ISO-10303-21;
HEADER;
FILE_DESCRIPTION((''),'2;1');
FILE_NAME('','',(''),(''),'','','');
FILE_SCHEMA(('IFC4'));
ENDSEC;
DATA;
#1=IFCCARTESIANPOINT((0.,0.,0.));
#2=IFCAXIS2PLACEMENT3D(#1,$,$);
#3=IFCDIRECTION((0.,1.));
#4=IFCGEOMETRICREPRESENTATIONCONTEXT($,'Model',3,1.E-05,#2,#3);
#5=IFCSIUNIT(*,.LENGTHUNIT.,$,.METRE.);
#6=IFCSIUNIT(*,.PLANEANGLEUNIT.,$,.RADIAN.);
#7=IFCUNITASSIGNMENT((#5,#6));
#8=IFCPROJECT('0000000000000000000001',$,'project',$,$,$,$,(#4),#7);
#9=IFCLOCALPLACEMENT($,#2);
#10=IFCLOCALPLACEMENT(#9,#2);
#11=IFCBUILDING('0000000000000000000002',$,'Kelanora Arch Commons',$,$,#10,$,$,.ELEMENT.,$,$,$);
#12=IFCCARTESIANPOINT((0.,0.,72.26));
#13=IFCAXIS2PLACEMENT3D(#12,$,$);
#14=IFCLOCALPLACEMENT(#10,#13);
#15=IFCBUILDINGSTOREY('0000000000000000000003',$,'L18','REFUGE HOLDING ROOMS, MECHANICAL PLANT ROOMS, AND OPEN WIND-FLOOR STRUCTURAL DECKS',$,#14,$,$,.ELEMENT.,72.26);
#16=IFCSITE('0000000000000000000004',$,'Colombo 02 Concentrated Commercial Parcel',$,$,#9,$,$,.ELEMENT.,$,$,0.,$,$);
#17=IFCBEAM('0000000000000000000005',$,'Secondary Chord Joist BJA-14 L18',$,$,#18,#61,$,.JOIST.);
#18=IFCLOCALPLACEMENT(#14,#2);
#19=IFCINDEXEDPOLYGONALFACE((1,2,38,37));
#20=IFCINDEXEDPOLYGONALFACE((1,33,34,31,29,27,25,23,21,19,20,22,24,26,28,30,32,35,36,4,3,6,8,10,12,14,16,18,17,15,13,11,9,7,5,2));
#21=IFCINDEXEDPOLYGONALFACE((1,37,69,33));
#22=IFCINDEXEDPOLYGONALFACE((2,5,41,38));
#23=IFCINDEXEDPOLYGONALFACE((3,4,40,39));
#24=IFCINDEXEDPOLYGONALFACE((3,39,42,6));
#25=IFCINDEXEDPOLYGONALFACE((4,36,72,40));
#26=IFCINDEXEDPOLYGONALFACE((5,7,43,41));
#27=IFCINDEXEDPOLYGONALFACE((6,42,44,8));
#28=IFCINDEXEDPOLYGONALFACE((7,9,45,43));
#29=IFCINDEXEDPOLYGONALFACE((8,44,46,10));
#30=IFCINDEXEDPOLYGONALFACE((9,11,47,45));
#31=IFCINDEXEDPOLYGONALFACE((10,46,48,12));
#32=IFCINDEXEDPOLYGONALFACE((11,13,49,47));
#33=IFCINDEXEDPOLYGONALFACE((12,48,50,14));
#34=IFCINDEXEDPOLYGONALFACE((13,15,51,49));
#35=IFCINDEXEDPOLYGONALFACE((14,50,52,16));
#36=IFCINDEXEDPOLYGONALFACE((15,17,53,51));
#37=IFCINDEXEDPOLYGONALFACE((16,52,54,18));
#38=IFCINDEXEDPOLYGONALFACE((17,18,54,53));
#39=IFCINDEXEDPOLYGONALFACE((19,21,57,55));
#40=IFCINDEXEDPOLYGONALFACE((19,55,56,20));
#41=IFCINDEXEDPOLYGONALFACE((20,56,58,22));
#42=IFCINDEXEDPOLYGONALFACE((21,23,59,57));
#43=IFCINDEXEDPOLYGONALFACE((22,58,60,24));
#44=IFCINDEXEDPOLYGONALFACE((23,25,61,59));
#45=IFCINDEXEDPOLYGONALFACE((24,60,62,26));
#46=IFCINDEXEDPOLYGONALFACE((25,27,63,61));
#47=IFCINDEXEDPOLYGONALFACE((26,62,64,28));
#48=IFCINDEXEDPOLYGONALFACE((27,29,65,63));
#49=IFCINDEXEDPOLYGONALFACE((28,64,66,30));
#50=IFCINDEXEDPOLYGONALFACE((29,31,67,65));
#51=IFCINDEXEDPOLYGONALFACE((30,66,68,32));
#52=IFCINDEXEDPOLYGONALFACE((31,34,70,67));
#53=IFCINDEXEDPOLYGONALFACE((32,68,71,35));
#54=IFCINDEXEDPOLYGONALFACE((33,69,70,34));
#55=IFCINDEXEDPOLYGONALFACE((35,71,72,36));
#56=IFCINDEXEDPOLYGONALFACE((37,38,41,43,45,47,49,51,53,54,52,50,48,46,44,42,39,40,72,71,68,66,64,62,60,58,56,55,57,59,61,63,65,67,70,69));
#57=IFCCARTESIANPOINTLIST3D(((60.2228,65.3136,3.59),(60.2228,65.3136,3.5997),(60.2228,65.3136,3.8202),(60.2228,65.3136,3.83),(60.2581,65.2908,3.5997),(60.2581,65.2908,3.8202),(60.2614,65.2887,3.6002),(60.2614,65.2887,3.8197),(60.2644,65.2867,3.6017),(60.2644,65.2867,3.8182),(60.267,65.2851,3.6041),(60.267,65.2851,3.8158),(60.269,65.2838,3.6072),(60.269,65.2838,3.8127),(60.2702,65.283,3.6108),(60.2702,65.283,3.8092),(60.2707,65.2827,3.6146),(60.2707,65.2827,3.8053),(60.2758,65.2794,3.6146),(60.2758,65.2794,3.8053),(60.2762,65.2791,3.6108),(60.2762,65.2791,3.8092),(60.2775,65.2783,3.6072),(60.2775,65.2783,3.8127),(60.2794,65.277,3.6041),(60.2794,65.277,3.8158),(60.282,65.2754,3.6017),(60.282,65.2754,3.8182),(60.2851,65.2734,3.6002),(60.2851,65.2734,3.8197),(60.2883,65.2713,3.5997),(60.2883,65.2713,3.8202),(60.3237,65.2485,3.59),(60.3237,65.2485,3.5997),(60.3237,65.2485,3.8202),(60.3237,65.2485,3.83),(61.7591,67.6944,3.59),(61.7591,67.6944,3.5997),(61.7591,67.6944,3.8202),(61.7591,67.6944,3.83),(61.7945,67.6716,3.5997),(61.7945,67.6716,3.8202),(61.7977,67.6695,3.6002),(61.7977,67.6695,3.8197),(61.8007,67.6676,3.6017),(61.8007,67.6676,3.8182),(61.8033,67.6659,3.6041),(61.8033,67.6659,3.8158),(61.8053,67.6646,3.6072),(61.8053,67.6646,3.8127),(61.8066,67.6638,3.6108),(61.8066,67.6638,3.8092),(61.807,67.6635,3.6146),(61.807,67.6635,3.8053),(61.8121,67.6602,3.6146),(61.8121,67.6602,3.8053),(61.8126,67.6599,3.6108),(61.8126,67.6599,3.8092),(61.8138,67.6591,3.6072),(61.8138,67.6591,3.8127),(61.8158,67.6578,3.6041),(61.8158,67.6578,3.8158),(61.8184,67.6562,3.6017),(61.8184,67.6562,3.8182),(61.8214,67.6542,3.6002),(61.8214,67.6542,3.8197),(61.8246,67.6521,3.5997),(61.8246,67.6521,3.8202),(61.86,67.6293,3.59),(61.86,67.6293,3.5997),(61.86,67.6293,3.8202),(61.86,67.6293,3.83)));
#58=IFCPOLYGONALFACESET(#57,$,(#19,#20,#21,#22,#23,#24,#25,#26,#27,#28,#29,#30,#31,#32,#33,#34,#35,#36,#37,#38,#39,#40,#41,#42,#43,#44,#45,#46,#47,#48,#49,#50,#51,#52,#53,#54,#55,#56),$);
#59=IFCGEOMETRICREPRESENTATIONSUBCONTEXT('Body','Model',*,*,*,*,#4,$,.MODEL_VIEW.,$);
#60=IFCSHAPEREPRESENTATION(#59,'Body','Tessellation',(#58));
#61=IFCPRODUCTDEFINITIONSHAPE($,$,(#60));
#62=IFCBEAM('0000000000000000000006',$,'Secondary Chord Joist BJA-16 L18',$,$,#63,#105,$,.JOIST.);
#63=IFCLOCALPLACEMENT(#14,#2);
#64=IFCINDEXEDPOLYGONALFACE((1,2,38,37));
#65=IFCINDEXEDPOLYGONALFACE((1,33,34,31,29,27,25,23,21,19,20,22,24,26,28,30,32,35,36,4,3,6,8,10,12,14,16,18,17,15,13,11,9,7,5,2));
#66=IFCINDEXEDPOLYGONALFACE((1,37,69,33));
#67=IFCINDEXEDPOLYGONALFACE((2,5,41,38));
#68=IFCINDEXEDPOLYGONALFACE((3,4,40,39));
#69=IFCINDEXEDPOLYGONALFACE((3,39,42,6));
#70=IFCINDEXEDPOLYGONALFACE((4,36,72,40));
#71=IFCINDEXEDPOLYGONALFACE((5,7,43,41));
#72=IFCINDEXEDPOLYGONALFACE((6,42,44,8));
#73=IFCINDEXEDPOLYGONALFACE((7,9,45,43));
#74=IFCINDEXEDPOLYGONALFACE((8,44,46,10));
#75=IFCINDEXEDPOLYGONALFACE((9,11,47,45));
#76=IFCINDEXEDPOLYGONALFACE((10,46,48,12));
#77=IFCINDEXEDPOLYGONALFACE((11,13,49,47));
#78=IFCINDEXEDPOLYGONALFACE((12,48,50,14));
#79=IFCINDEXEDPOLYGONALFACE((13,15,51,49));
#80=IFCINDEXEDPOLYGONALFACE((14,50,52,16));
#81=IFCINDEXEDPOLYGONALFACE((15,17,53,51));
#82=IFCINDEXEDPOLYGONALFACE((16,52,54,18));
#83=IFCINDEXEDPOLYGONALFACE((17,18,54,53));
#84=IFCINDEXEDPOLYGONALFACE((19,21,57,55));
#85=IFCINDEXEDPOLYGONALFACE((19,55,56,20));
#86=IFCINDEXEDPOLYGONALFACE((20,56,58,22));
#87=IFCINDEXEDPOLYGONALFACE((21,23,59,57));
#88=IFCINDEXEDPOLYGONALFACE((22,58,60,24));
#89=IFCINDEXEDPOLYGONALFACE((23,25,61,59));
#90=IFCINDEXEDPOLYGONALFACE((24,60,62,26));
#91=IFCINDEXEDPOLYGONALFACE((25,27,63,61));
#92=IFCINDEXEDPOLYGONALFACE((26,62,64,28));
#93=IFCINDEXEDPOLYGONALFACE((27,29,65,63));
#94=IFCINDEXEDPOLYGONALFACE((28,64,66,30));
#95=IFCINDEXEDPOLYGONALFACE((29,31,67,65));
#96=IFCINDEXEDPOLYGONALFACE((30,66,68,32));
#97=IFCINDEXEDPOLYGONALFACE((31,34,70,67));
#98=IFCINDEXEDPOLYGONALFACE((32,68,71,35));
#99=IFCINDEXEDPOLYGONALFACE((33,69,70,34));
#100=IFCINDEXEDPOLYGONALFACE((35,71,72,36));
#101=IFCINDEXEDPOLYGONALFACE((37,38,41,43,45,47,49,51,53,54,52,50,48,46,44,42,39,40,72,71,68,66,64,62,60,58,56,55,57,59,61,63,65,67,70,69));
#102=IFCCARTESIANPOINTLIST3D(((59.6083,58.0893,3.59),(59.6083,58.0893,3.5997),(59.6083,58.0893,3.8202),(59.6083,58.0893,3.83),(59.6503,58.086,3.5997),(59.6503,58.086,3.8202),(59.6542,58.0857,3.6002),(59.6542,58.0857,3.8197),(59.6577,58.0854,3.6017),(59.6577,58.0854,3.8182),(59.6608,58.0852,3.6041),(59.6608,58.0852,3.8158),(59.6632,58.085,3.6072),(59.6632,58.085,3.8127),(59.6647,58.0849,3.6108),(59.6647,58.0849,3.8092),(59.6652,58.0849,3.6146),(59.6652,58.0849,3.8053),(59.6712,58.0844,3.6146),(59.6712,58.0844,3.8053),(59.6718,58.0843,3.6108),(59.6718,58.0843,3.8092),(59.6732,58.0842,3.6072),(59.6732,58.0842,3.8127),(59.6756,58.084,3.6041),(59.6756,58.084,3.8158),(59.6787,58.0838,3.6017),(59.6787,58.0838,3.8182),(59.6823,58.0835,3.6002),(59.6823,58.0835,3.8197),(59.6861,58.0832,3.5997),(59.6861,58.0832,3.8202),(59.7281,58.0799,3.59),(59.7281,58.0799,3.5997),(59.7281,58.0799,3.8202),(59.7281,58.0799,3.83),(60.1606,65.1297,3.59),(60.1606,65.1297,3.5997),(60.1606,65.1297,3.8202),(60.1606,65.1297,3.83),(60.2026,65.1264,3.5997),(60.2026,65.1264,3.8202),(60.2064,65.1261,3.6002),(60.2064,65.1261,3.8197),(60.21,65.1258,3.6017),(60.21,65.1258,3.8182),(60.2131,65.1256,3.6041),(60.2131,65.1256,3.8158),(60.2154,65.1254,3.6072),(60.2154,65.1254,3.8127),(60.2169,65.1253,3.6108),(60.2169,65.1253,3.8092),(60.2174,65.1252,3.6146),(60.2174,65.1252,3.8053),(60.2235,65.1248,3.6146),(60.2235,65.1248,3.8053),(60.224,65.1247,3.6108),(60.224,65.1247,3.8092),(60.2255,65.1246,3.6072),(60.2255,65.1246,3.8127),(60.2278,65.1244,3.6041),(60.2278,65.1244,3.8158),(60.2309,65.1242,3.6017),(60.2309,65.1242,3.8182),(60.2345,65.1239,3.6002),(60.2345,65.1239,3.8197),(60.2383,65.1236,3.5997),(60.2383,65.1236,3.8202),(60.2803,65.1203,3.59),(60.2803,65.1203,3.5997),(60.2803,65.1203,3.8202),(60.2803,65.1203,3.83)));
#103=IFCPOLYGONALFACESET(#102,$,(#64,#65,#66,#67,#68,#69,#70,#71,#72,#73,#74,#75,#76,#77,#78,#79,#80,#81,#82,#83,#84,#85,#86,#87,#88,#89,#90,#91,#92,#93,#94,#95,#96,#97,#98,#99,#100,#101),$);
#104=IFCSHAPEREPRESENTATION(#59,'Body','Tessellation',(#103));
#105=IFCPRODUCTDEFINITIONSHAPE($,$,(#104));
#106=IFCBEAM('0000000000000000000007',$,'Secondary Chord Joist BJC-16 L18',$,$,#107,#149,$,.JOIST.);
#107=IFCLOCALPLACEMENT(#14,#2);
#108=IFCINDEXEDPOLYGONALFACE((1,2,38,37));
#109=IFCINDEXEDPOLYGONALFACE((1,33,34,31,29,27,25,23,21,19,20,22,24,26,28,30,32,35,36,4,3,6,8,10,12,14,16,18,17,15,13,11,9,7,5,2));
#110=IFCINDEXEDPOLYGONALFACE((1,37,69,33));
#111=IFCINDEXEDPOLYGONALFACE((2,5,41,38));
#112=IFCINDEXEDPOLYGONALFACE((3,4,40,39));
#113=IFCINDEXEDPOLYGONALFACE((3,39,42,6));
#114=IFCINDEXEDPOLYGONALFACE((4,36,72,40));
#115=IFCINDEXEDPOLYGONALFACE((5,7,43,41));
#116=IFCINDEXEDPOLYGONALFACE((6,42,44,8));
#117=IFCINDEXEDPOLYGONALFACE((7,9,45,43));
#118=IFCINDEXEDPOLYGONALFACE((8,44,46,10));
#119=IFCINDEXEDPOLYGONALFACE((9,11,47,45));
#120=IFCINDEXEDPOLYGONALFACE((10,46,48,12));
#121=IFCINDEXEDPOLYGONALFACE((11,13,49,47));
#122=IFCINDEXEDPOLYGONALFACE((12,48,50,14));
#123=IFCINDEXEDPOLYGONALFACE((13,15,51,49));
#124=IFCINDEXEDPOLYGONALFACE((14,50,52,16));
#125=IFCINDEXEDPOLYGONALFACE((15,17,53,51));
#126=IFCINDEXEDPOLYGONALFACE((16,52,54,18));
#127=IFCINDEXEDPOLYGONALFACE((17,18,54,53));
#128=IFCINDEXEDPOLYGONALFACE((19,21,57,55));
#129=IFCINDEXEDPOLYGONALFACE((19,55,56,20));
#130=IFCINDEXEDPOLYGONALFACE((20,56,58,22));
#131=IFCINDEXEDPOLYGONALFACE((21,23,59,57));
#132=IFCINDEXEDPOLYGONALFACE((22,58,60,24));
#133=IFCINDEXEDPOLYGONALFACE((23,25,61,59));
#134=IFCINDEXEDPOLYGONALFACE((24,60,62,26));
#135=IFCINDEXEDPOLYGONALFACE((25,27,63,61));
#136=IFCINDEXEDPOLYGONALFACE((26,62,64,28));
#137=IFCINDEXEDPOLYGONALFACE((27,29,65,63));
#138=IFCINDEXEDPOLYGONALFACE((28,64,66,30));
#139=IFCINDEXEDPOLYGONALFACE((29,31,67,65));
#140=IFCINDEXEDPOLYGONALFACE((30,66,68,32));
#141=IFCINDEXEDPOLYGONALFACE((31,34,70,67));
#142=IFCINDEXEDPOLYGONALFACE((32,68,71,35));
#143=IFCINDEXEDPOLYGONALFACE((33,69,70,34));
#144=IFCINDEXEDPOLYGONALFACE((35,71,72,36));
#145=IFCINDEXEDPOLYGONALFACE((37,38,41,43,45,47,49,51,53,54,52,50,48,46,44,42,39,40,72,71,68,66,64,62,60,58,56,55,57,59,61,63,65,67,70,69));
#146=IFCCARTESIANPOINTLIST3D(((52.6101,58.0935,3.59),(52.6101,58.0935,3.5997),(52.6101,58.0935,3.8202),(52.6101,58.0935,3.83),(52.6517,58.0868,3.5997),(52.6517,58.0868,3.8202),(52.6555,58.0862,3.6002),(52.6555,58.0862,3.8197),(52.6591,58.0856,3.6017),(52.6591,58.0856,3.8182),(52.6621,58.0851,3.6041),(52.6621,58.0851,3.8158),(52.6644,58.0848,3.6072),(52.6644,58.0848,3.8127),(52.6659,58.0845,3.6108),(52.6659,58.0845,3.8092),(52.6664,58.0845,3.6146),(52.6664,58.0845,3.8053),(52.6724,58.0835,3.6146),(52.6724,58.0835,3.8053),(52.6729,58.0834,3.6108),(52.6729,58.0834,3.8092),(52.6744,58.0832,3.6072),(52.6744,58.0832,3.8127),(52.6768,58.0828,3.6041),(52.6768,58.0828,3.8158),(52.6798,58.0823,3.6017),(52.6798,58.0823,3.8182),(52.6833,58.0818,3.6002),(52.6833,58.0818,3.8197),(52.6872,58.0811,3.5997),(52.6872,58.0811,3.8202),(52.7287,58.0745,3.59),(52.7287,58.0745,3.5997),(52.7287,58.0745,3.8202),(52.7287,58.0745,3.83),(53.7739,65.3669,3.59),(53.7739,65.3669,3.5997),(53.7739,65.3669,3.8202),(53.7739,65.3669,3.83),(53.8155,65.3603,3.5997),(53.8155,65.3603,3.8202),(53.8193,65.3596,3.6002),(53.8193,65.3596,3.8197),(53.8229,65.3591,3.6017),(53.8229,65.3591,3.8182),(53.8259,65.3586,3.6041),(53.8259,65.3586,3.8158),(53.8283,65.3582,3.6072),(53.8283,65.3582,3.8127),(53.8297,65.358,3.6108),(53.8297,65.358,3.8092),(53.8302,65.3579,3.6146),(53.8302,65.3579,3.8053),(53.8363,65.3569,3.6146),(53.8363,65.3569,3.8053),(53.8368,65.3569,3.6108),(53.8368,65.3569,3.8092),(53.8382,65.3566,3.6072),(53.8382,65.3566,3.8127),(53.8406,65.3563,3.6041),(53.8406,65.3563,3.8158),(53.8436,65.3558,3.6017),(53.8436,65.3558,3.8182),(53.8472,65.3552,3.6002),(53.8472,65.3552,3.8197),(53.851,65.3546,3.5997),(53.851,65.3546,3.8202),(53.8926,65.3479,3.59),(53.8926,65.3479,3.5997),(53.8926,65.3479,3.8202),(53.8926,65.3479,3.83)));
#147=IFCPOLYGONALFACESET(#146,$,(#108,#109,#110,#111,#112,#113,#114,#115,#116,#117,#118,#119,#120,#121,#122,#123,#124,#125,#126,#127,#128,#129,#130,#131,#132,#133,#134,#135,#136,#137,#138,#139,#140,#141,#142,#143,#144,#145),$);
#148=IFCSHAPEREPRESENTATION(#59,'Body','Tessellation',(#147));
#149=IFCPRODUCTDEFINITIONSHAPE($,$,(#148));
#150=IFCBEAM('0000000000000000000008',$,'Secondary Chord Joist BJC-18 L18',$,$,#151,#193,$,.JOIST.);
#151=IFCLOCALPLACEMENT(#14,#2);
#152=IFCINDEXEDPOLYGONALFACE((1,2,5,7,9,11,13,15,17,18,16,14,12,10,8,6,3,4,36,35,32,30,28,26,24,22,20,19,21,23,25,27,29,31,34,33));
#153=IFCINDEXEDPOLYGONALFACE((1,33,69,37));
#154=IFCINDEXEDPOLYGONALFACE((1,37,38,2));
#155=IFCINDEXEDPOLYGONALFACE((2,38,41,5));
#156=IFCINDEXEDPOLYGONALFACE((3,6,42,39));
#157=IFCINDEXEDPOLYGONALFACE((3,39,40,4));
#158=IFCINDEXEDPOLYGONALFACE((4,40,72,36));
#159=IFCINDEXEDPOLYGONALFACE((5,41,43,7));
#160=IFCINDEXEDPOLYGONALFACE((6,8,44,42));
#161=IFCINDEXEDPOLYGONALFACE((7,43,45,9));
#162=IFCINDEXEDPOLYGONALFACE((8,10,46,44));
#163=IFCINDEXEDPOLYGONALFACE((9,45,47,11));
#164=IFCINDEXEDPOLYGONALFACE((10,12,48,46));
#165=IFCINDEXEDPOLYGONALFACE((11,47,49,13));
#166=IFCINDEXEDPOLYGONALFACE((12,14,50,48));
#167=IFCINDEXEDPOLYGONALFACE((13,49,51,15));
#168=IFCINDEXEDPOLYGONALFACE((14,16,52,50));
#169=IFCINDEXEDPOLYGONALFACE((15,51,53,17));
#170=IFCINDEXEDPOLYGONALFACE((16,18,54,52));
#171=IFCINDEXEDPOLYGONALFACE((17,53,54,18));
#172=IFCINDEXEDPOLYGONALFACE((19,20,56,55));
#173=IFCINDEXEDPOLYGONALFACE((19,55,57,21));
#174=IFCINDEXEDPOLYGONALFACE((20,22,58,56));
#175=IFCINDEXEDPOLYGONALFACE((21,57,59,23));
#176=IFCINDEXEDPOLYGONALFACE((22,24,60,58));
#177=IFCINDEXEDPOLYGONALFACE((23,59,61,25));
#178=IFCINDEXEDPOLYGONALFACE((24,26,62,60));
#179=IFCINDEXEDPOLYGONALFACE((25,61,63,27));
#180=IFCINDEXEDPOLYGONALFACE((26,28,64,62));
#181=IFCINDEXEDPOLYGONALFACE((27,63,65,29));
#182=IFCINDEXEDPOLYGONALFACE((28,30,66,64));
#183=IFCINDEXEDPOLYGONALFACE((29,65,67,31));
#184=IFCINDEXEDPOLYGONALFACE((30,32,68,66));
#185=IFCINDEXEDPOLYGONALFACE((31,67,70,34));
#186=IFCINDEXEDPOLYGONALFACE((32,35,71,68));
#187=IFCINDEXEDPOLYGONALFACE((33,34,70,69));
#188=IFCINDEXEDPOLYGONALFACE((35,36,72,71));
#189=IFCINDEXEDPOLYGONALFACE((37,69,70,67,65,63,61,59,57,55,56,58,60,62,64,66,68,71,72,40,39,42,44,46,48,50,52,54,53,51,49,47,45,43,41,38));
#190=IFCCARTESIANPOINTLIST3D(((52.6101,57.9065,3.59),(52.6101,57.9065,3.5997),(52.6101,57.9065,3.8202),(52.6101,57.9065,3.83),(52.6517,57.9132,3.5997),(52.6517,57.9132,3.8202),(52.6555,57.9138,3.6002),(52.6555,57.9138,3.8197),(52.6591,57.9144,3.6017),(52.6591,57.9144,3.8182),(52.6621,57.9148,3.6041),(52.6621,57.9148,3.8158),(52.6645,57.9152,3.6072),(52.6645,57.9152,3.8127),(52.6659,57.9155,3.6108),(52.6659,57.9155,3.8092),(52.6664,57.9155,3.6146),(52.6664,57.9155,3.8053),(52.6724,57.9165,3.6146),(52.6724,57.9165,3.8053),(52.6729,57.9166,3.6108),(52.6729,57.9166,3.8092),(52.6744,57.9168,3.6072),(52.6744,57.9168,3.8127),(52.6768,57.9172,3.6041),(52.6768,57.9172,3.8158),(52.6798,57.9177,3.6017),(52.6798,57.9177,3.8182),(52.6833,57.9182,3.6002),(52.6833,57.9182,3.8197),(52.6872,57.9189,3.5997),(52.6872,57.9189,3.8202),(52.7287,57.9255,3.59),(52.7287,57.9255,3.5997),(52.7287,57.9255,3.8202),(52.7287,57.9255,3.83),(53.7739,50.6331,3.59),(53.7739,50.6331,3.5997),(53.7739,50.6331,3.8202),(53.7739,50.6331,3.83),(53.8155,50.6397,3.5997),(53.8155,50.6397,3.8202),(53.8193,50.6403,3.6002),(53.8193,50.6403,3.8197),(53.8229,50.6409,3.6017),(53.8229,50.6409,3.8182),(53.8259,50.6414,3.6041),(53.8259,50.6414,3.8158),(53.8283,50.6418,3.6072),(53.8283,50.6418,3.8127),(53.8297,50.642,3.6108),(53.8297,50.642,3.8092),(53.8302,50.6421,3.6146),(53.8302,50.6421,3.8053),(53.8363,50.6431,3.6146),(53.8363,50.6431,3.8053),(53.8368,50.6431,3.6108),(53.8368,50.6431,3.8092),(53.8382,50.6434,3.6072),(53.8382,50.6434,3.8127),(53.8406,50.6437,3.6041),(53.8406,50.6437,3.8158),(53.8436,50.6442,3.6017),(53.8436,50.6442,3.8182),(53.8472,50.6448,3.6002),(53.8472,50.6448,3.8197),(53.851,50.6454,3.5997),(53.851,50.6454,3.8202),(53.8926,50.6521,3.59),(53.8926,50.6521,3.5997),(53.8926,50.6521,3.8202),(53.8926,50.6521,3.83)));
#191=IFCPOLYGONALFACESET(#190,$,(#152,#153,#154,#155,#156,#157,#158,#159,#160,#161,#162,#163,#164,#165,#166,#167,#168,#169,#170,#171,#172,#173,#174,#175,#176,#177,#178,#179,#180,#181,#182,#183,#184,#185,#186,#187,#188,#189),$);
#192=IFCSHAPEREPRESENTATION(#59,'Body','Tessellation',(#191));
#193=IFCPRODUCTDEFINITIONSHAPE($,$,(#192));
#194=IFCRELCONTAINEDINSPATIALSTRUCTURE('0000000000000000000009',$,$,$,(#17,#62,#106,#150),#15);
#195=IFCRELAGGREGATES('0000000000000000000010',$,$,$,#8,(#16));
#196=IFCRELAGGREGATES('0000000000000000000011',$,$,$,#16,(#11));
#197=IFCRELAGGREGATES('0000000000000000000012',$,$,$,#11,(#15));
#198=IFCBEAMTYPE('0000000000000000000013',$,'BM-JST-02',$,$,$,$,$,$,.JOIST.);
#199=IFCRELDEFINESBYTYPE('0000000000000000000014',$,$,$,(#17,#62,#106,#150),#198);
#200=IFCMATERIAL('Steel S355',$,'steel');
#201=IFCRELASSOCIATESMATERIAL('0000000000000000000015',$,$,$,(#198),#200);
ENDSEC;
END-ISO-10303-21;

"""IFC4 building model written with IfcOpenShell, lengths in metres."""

from ifc_helpers import new_model, si_unit, direction, frame, origin, origin_2d, place, context, subcontext, project, spatial, i_section, extrude, material, material_profile, profile_set, type_object, element, save


model = new_model("IFC4")

# Units and contexts
model_context = context("Model", 3, precision=1e-05, world=origin(), true_north=direction((0.0, 1.0)))
body_context = subcontext(model_context, "Body", "Model", "MODEL_VIEW")
ifc_project = project(units=[si_unit("LENGTHUNIT", "METRE"), si_unit("PLANEANGLEUNIT", "RADIAN")], contexts=[model_context])

# Site, building, storey
site_placement = place(None, origin())
site = spatial("IfcSite", under=ifc_project, at=site_placement, Name="Colombo 02 Concentrated Commercial Parcel", CompositionType="ELEMENT", RefElevation=0.0)
building_placement = place(site_placement, origin())
building = spatial("IfcBuilding", under=site, at=building_placement, Name="Kelanora Arch Commons", CompositionType="ELEMENT")
storey_placement = place(building_placement, frame((0.0, 0.0, 72.26)))
storey = spatial("IfcBuildingStorey", under=building, at=storey_placement, Name="L18", Description="REFUGE HOLDING ROOMS, MECHANICAL PLANT ROOMS, AND OPEN WIND-FLOOR STRUCTURAL DECKS", CompositionType="ELEMENT", Elevation=72.26)

# Beams
ifc_material_1 = material(Name="Steel S355", Category="steel")
ifc_material_profile_1 = material_profile(ifc_material_1, i_section(OverallWidth=0.1201, OverallDepth=0.24, WebThickness=0.0061, FlangeThickness=0.0098, FilletRadius=0.0149, at=origin_2d()), Name="IPE240")
ifc_profile_set_1 = profile_set([ifc_material_profile_1], Name="Steel S355")
beam_type_1 = type_object("IfcBeamType", Name="BM-JST-02", PredefinedType="JOIST", material=ifc_profile_set_1)
beam_1_placement = place(storey_placement, frame((61.8096, 67.6619, 3.71), z_axis=(-0.542211, -0.840242, 0.0), x_axis=(0.840242, -0.542211, 0.0)))
element("IfcBeam", 1, at=beam_1_placement, inside=storey, type_object=beam_type_1, Name="Secondary Chord Joist BJA-14 L18", PredefinedType="JOIST", context=body_context, shape_type="SweptSolid", body=[
    extrude(i_section(OverallWidth=0.1201, OverallDepth=0.24, WebThickness=0.0061, FlangeThickness=0.0098, FilletRadius=0.0149, at=origin_2d()), origin(), (0.0, 0.0, 1.0), 2.8335),
])
beam_2_placement = place(storey_placement, frame((60.2205, 65.125, 3.71), z_axis=(-0.078201, -0.996938, 0.0), x_axis=(0.996938, -0.078201, 0.0)))
element("IfcBeam", 2, at=beam_2_placement, inside=storey, type_object=beam_type_1, Name="Secondary Chord Joist BJA-16 L18", PredefinedType="JOIST", context=body_context, shape_type="SweptSolid", body=[
    extrude(i_section(OverallWidth=0.1201, OverallDepth=0.24, WebThickness=0.0061, FlangeThickness=0.0098, FilletRadius=0.0149, at=origin_2d()), origin(), (0.0, 0.0, 1.0), 7.062),
])
for number, where, z_axis, x_axis, name in (
    (3, (53.8333, 65.3574, 3.71), (-0.158, -0.987439, 0.0), (0.987439, -0.158, 0.0), "Secondary Chord Joist BJC-16 L18"),
    (4, (52.6694, 57.916, 3.71), (0.158, -0.987439, 0.0), (0.987439, 0.158, 0.0), "Secondary Chord Joist BJC-18 L18"),
):
    element("IfcBeam", number, at=place(storey_placement, frame(where, z_axis=z_axis, x_axis=x_axis)), inside=storey, type_object=beam_type_1, Name=name, PredefinedType="JOIST", context=body_context, shape_type="SweptSolid", body=[
        extrude(i_section(OverallWidth=0.1201, OverallDepth=0.24, WebThickness=0.0061, FlangeThickness=0.0098, FilletRadius=0.0149, at=origin_2d()), origin(), (0.0, 0.0, 1.0), 7.366),
    ])

save(model, "model.ifc")
